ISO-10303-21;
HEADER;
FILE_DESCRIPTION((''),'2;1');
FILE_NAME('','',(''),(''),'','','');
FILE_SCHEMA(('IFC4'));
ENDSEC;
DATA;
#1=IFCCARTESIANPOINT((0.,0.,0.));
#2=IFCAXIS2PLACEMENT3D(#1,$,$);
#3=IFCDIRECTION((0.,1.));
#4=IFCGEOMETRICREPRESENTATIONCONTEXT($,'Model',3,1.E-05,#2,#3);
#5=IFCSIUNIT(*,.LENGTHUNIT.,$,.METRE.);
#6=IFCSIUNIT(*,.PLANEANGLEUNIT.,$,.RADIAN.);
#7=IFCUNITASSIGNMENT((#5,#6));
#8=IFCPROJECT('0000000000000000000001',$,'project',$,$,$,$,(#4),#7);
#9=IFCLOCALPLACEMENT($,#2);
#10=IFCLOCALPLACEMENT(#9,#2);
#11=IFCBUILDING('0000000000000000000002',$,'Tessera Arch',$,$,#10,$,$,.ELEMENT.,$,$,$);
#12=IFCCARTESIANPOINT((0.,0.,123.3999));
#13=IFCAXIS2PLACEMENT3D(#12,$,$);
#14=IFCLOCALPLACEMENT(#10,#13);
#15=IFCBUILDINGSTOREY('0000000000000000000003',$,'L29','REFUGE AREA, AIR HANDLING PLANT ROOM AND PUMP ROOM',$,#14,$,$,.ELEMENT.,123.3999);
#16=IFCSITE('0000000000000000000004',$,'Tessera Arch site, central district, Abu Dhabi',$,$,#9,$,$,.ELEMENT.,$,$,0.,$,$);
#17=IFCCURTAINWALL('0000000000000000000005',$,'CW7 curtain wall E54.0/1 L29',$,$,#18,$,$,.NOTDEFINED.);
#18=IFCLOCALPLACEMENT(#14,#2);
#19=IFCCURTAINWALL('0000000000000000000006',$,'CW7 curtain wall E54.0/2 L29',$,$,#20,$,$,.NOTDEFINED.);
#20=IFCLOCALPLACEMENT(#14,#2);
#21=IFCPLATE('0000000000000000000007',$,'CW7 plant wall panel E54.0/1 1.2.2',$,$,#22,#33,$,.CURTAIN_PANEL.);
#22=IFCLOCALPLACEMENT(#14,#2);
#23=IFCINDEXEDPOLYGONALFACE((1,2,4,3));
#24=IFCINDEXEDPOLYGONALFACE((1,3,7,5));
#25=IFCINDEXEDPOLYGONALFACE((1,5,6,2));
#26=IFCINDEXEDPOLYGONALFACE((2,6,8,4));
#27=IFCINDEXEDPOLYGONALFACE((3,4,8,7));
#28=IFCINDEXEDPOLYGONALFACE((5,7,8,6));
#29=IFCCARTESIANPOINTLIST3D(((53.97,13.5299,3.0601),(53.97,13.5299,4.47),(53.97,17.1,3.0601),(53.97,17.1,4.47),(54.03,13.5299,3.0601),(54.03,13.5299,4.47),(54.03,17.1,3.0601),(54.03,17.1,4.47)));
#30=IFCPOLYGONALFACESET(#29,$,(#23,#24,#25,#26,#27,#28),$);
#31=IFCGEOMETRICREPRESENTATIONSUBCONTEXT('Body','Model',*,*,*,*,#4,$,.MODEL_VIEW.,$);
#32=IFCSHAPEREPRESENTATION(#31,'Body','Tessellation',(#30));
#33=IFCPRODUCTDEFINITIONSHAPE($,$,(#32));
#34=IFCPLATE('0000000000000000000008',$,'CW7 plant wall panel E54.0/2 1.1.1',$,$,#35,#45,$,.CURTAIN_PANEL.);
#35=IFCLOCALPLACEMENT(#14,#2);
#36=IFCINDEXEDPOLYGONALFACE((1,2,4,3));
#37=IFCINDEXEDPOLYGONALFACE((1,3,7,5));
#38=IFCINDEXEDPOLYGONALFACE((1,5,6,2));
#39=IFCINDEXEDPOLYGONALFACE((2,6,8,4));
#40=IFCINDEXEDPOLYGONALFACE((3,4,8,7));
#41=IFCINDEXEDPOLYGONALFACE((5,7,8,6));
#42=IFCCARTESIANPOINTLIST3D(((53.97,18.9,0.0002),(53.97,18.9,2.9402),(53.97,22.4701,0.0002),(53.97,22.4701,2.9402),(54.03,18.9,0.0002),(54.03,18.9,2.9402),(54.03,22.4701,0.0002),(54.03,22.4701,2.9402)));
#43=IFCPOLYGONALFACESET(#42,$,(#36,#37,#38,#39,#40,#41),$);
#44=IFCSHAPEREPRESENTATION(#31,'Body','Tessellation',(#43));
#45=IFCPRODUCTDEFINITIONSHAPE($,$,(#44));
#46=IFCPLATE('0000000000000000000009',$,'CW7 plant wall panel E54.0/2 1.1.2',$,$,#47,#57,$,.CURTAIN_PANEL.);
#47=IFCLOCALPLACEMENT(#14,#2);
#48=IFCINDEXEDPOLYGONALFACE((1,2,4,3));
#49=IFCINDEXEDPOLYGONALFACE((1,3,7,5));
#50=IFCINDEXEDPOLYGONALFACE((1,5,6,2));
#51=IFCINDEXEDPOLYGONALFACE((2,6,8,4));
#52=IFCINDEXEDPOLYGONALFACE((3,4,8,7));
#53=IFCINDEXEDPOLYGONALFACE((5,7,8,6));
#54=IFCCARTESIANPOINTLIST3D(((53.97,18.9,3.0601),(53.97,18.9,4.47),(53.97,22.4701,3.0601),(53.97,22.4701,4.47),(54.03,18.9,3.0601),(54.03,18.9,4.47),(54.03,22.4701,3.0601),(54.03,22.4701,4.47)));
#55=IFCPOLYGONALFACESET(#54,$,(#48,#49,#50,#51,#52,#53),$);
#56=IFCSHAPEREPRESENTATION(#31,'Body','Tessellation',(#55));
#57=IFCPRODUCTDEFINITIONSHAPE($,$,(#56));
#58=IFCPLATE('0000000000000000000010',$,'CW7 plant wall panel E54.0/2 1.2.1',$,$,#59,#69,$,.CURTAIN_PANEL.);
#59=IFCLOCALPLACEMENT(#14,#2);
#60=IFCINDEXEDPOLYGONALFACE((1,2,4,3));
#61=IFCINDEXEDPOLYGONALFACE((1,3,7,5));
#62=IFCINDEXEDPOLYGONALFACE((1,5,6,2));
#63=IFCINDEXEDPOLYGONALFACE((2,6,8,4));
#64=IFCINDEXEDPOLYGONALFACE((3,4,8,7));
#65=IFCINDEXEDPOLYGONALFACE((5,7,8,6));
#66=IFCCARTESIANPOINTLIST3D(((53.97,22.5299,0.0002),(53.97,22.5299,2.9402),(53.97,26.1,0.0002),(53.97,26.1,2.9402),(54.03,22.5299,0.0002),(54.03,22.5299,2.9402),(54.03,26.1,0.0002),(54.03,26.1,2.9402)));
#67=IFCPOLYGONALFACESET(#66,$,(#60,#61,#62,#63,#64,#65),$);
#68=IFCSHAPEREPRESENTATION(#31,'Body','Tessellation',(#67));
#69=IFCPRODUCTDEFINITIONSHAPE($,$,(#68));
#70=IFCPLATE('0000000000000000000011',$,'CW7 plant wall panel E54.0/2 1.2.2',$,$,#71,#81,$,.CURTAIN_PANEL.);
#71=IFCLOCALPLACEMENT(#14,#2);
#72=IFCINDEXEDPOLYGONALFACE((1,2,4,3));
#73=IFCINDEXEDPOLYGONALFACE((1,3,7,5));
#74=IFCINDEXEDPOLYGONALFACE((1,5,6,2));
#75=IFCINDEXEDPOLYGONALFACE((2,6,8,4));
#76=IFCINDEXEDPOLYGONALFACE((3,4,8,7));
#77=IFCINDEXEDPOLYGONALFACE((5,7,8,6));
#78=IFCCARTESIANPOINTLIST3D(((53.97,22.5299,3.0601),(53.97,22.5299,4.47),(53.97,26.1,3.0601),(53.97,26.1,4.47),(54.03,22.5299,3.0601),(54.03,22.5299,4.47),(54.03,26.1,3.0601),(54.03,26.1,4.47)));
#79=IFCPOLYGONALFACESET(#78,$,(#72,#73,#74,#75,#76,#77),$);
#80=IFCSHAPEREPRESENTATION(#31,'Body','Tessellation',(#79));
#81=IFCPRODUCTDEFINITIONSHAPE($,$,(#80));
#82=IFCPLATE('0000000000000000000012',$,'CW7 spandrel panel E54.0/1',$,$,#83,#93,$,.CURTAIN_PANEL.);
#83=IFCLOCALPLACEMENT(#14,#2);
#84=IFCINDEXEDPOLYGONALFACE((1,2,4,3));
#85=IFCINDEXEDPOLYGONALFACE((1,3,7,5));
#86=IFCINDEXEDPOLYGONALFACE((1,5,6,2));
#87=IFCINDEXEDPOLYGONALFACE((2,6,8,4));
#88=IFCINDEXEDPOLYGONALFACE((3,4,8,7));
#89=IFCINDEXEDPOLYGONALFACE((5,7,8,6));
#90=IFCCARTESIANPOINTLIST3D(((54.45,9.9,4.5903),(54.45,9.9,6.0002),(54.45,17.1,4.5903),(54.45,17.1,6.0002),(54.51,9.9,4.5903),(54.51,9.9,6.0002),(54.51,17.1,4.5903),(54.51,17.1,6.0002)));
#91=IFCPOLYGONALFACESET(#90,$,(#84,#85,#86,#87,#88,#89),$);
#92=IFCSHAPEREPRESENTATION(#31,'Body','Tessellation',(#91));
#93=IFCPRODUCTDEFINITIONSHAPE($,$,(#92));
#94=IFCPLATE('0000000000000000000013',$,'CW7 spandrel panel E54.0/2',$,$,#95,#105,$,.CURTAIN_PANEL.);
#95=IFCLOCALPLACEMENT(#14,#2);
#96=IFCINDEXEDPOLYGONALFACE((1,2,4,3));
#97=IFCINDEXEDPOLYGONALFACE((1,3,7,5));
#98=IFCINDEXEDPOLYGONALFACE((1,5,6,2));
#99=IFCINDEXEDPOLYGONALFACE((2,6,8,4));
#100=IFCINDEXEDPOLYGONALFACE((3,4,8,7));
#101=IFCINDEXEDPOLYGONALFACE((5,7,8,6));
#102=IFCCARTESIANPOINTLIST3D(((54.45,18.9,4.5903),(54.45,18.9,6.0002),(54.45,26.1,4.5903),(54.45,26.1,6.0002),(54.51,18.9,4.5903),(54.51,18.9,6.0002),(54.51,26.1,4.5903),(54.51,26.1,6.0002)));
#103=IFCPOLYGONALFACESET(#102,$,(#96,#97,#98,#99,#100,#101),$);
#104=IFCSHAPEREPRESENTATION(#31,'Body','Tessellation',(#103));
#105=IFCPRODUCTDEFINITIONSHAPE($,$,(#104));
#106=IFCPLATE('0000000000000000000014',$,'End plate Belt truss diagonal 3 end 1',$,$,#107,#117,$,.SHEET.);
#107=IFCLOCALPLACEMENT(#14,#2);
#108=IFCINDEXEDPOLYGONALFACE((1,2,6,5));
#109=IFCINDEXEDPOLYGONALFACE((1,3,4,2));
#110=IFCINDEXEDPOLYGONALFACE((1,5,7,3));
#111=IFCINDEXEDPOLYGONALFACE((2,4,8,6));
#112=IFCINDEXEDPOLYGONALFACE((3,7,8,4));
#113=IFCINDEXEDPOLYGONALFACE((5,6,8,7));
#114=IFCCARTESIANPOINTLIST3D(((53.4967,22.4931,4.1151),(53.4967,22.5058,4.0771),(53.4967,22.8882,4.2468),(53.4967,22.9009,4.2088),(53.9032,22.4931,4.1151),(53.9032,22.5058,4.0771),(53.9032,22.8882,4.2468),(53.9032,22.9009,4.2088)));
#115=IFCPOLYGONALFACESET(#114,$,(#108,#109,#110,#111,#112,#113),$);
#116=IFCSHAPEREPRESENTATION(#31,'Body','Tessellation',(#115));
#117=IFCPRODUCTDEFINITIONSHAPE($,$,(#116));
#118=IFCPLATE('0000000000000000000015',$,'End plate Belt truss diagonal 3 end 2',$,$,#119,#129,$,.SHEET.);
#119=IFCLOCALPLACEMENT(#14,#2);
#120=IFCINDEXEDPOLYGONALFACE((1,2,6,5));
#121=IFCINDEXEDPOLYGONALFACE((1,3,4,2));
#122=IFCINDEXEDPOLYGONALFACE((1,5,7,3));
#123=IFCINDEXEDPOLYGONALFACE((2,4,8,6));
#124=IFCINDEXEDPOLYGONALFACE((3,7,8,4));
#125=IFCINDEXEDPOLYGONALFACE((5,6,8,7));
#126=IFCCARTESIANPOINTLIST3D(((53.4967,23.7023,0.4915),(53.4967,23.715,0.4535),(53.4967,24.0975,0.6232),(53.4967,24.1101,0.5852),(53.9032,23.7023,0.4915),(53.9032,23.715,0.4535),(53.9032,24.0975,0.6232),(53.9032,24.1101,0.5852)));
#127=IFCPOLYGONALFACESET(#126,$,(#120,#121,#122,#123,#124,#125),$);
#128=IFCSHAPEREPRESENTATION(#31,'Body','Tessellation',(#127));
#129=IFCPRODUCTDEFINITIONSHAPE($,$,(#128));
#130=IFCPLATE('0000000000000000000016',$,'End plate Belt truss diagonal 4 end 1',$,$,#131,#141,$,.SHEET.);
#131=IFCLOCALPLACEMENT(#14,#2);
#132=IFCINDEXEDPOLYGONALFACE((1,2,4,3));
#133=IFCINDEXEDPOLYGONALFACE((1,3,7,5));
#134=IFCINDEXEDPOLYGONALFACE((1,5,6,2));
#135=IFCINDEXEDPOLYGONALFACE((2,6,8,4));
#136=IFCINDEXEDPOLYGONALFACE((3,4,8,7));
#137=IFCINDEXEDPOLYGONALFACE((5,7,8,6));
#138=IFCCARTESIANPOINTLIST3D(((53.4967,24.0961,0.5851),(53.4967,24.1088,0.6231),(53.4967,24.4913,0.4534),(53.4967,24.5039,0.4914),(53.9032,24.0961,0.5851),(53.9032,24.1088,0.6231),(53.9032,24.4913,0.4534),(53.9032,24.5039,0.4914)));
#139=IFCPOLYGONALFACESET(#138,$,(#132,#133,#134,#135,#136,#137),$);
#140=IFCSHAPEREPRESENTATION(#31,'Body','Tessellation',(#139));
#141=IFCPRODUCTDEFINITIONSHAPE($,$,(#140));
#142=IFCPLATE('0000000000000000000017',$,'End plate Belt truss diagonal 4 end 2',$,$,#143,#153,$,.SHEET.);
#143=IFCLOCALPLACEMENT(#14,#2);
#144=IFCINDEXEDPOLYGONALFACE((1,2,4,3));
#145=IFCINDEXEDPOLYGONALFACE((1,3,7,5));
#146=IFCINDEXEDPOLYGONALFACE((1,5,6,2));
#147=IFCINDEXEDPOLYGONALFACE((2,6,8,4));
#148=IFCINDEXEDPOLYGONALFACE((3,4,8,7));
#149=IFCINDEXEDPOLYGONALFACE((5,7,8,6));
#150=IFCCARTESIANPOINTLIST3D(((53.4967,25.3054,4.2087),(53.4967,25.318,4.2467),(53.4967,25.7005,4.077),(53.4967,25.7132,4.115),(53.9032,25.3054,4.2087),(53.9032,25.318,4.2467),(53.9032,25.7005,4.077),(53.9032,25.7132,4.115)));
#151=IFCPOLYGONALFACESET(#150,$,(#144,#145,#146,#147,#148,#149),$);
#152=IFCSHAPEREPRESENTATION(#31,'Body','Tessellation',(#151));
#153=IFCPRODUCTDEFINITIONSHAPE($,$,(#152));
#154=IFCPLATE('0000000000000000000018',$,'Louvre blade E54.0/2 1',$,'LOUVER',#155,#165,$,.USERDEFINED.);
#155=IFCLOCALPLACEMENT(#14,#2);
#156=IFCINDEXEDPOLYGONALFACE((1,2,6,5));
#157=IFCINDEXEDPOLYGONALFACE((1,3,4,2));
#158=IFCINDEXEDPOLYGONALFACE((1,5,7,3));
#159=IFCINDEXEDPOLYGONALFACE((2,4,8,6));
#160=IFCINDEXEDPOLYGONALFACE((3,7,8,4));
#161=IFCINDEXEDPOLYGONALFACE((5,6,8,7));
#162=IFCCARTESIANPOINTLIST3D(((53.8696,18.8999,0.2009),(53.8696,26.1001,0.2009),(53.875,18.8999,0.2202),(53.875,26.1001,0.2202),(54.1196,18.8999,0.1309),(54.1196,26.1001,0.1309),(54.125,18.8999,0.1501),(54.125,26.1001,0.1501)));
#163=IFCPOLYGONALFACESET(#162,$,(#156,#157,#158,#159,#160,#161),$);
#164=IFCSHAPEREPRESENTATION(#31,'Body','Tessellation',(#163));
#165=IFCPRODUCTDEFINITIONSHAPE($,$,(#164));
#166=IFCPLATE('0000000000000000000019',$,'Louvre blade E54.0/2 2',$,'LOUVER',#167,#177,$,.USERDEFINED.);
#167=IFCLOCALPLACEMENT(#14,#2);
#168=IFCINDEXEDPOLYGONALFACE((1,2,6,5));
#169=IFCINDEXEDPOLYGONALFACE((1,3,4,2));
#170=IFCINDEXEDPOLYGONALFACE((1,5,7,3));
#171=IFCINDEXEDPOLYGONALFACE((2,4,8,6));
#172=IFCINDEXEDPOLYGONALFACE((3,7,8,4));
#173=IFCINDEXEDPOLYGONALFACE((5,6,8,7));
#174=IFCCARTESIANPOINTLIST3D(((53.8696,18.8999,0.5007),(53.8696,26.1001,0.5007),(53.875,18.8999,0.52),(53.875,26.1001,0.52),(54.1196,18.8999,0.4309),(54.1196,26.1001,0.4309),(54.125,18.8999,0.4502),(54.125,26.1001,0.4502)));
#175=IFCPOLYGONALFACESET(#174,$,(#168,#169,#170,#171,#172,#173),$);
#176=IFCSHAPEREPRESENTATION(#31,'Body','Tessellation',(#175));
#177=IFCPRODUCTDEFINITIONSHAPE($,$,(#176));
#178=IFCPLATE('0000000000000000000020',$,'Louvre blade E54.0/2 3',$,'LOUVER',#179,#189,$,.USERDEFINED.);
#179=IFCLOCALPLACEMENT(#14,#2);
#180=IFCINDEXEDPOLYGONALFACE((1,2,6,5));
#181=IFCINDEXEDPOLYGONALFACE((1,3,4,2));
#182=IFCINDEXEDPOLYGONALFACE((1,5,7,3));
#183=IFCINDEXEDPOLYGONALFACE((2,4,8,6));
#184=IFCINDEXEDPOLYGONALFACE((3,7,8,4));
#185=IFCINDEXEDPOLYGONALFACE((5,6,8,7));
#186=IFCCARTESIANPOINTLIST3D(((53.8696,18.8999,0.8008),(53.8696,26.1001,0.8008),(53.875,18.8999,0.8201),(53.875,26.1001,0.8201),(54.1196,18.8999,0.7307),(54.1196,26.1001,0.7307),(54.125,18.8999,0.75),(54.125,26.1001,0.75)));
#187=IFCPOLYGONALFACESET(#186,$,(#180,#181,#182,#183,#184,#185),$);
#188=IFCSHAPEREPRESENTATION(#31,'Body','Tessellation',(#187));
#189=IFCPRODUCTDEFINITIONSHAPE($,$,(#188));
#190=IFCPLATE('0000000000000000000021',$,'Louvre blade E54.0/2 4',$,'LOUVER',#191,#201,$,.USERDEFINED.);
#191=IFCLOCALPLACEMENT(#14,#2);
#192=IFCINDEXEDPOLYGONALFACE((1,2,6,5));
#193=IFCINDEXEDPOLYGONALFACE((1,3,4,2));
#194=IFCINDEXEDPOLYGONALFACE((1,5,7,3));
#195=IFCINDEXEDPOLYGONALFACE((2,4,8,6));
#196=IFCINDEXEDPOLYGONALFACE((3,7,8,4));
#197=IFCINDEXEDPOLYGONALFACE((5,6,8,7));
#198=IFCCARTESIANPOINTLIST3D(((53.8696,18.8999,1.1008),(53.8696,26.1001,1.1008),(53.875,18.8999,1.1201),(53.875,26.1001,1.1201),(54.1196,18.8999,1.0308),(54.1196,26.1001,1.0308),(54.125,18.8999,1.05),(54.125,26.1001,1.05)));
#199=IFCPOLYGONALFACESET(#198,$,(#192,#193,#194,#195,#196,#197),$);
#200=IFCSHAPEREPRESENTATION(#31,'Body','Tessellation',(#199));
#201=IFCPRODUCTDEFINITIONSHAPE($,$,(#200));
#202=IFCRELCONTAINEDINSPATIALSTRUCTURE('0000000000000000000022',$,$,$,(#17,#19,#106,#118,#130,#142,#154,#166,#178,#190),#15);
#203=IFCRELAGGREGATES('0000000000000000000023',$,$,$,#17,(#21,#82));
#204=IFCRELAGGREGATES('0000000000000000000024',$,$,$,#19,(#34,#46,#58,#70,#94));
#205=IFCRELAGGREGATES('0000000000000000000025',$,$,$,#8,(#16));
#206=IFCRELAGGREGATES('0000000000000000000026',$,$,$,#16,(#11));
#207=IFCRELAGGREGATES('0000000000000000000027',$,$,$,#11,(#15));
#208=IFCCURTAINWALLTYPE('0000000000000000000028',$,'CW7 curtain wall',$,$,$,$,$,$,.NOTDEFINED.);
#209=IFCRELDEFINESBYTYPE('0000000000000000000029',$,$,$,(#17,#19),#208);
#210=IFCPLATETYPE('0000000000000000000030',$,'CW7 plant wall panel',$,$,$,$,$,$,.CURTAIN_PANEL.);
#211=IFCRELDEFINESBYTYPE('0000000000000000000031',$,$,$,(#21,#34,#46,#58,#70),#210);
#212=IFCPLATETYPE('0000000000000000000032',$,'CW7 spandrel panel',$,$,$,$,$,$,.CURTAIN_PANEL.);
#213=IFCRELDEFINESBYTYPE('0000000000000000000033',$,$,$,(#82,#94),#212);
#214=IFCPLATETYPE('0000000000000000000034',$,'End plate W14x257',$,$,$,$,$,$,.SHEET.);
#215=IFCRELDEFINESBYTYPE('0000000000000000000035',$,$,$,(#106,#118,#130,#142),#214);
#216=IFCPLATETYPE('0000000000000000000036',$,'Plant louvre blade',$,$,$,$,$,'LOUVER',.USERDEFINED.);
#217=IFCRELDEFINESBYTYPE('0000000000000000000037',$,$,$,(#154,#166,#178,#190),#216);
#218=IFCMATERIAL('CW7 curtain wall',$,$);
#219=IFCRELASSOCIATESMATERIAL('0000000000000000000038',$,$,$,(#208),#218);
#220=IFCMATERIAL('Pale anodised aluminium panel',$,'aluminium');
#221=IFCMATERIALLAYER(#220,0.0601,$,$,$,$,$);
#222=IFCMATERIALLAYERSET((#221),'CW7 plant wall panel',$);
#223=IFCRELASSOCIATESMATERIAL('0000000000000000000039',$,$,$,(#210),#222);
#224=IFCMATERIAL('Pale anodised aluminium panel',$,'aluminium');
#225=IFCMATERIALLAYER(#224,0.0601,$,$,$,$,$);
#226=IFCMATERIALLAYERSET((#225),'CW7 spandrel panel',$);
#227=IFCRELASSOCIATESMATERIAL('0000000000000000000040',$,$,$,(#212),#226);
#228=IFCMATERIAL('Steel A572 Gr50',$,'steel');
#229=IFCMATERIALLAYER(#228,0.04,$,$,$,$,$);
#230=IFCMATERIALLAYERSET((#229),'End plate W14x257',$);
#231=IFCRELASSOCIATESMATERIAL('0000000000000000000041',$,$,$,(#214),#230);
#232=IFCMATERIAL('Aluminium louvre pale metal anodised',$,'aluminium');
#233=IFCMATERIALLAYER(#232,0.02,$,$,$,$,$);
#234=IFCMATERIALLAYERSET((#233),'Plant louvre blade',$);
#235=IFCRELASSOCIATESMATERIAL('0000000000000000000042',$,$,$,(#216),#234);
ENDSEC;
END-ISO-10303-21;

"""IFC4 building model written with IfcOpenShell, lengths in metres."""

from ifc_helpers import new_model, si_unit, direction, frame, origin, origin_2d, place, context, subcontext, project, spatial, polyline, rectangle, outline, extrude, material, layer, layer_set, type_object, element, aggregate, save


model = new_model("IFC4")

# Units and contexts
model_context = context("Model", 3, precision=1e-05, world=origin(), true_north=direction((0.0, 1.0)))
body_context = subcontext(model_context, "Body", "Model", "MODEL_VIEW")
ifc_project = project(units=[si_unit("LENGTHUNIT", "METRE"), si_unit("PLANEANGLEUNIT", "RADIAN")], contexts=[model_context])

# Site, building, storey
site_placement = place(None, origin())
site = spatial("IfcSite", under=ifc_project, at=site_placement, Name="Tessera Arch site, central district, Abu Dhabi", CompositionType="ELEMENT", RefElevation=0.0)
building_placement = place(site_placement, origin())
building = spatial("IfcBuilding", under=site, at=building_placement, Name="Tessera Arch", CompositionType="ELEMENT")
storey_placement = place(building_placement, frame((0.0, 0.0, 123.3999)))
storey = spatial("IfcBuildingStorey", under=building, at=storey_placement, Name="L29", Description="REFUGE AREA, AIR HANDLING PLANT ROOM AND PUMP ROOM", CompositionType="ELEMENT", Elevation=123.3999)

# Curtain wall
ifc_material_1 = material(Name="CW7 curtain wall")
curtain_wall_type = type_object("IfcCurtainWallType", Name="CW7 curtain wall", PredefinedType="NOTDEFINED", material=ifc_material_1)
curtain_wall_1_placement = place(storey_placement, origin())
curtain_wall_1 = element("IfcCurtainWall", 1, at=curtain_wall_1_placement, inside=storey, type_object=curtain_wall_type, Name="CW7 curtain wall E54.0/1 L29", PredefinedType="NOTDEFINED")

# Curtain wall
curtain_wall_2_placement = place(storey_placement, origin())
curtain_wall_2 = element("IfcCurtainWall", 2, at=curtain_wall_2_placement, inside=storey, type_object=curtain_wall_type, Name="CW7 curtain wall E54.0/2 L29", PredefinedType="NOTDEFINED")

# Plates
ifc_material_2 = material(Name="Pale anodised aluminium panel", Category="aluminium")
ifc_layer_1 = layer(ifc_material_2, 0.0601)
ifc_layer_set_1 = layer_set([ifc_layer_1], Name="CW7 plant wall panel")
plate_type_1 = type_object("IfcPlateType", Name="CW7 plant wall panel", PredefinedType="CURTAIN_PANEL", material=ifc_layer_set_1)
plate_1_placement = place(storey_placement, frame((54.0, 15.3149, 3.0601), z_axis=(0.0, 0.0, 1.0), x_axis=(0.0, 1.0, 0.0)))
plate_1 = element("IfcPlate", 3, at=plate_1_placement, type_object=plate_type_1, Name="CW7 plant wall panel E54.0/1 1.2.2", PredefinedType="CURTAIN_PANEL", context=body_context, shape_type="SweptSolid", body=[
    extrude(rectangle(XDim=3.5701, YDim=0.0601, at=origin_2d()), origin(), (0.0, 0.0, 1.0), 1.4099),
])
plate_2_placement = place(storey_placement, frame((54.0, 20.6851, 0.0002), z_axis=(0.0, 0.0, 1.0), x_axis=(0.0, 1.0, 0.0)))
plate_2 = element("IfcPlate", 4, at=plate_2_placement, type_object=plate_type_1, Name="CW7 plant wall panel E54.0/2 1.1.1", PredefinedType="CURTAIN_PANEL", context=body_context, shape_type="SweptSolid", body=[
    extrude(rectangle(XDim=3.5701, YDim=0.0601, at=origin_2d()), origin(), (0.0, 0.0, 1.0), 2.9399),
])
plate_3_placement = place(storey_placement, frame((54.0, 20.6851, 3.0601), z_axis=(0.0, 0.0, 1.0), x_axis=(0.0, 1.0, 0.0)))
plate_3 = element("IfcPlate", 5, at=plate_3_placement, type_object=plate_type_1, Name="CW7 plant wall panel E54.0/2 1.1.2", PredefinedType="CURTAIN_PANEL", context=body_context, shape_type="SweptSolid", body=[
    extrude(rectangle(XDim=3.5701, YDim=0.0601, at=origin_2d()), origin(), (0.0, 0.0, 1.0), 1.4099),
])
plate_4_placement = place(storey_placement, frame((54.0, 24.3149, 0.0002), z_axis=(0.0, 0.0, 1.0), x_axis=(0.0, 1.0, 0.0)))
plate_4 = element("IfcPlate", 6, at=plate_4_placement, type_object=plate_type_1, Name="CW7 plant wall panel E54.0/2 1.2.1", PredefinedType="CURTAIN_PANEL", context=body_context, shape_type="SweptSolid", body=[
    extrude(rectangle(XDim=3.5701, YDim=0.0601, at=origin_2d()), origin(), (0.0, 0.0, 1.0), 2.9399),
])
plate_5_placement = place(storey_placement, frame((54.0, 24.3149, 3.0601), z_axis=(0.0, 0.0, 1.0), x_axis=(0.0, 1.0, 0.0)))
plate_5 = element("IfcPlate", 7, at=plate_5_placement, type_object=plate_type_1, Name="CW7 plant wall panel E54.0/2 1.2.2", PredefinedType="CURTAIN_PANEL", context=body_context, shape_type="SweptSolid", body=[
    extrude(rectangle(XDim=3.5701, YDim=0.0601, at=origin_2d()), origin(), (0.0, 0.0, 1.0), 1.4099),
])
ifc_material_3 = material(Name="Pale anodised aluminium panel", Category="aluminium")
ifc_layer_2 = layer(ifc_material_3, 0.0601)
ifc_layer_set_2 = layer_set([ifc_layer_2], Name="CW7 spandrel panel")
plate_type_2 = type_object("IfcPlateType", Name="CW7 spandrel panel", PredefinedType="CURTAIN_PANEL", material=ifc_layer_set_2)
plate_6_placement = place(storey_placement, frame((54.48, 13.5, 4.5903), z_axis=(0.0, 0.0, 1.0), x_axis=(0.0, 1.0, 0.0)))
plate_6 = element("IfcPlate", 8, at=plate_6_placement, type_object=plate_type_2, Name="CW7 spandrel panel E54.0/1", PredefinedType="CURTAIN_PANEL", context=body_context, shape_type="SweptSolid", body=[
    extrude(rectangle(XDim=7.2, YDim=0.0601, at=origin_2d()), origin(), (0.0, 0.0, 1.0), 1.4099),
])
aggregate(curtain_wall_1, [plate_1, plate_6])
plate_7_placement = place(storey_placement, frame((54.48, 22.5, 4.5903), z_axis=(0.0, 0.0, 1.0), x_axis=(0.0, 1.0, 0.0)))
plate_7 = element("IfcPlate", 9, at=plate_7_placement, type_object=plate_type_2, Name="CW7 spandrel panel E54.0/2", PredefinedType="CURTAIN_PANEL", context=body_context, shape_type="SweptSolid", body=[
    extrude(rectangle(XDim=7.2, YDim=0.0601, at=origin_2d()), origin(), (0.0, 0.0, 1.0), 1.4099),
])
aggregate(curtain_wall_2, [plate_2, plate_3, plate_4, plate_5, plate_7])

# Plates
ifc_material_4 = material(Name="Steel A572 Gr50", Category="steel")
ifc_layer_3 = layer(ifc_material_4, 0.04)
ifc_layer_set_3 = layer_set([ifc_layer_3], Name="End plate W14x257")
plate_type_3 = type_object("IfcPlateType", Name="End plate W14x257", PredefinedType="SHEET", material=ifc_layer_set_3)
for number, where, z_axis, x_axis, name in (
    (10, (53.7, 22.6907, 4.1809), (0.0, 0.316228, -0.948683), (-1.0, 0.0, 0.0), "End plate Belt truss diagonal 3 end 1"),
    (11, (53.7, 23.8999, 0.5574), (0.0, 0.316228, -0.948683), (-1.0, 0.0, 0.0), "End plate Belt truss diagonal 3 end 2"),
    (12, (53.7, 24.2937, 0.5193), (0.0, 0.316228, 0.948683), (-1.0, 0.0, 0.0), "End plate Belt truss diagonal 4 end 1"),
    (13, (53.7, 25.5029, 4.1428), (0.0, 0.316228, 0.948683), (-1.0, 0.0, 0.0), "End plate Belt truss diagonal 4 end 2"),
):
    element("IfcPlate", number, at=place(storey_placement, frame(where, z_axis=z_axis, x_axis=x_axis)), inside=storey, type_object=plate_type_3, Name=name, PredefinedType="SHEET", context=body_context, shape_type="SweptSolid", body=[
        extrude(rectangle(XDim=0.4065, YDim=0.4165, at=origin_2d()), origin(), (0.0, 0.0, 1.0), 0.04),
    ])
ifc_material_5 = material(Name="Aluminium louvre pale metal anodised", Category="aluminium")
ifc_layer_4 = layer(ifc_material_5, 0.02)
ifc_layer_set_4 = layer_set([ifc_layer_4], Name="Plant louvre blade")
plate_type_4 = type_object("IfcPlateType", Name="Plant louvre blade", ElementType="LOUVER", PredefinedType="USERDEFINED", material=ifc_layer_set_4)
plate_8_placement = place(storey_placement, frame((54.125, 18.8999, 0.1501), z_axis=(0.269874, 0.0, 0.962896), x_axis=(0.0, 1.0, 0.0)))
element("IfcPlate", 14, at=plate_8_placement, inside=storey, type_object=plate_type_4, Name="Louvre blade E54.0/2 1", ObjectType="LOUVER", PredefinedType="USERDEFINED", context=body_context, shape_type="SweptSolid", body=[
    extrude(outline(polyline([(0.0, 0.0), (7.2002, 0.0), (7.2002, 0.2596), (0.0, 0.2596), (0.0, 0.0)])), origin(), (0.0, 0.0, -1.0), 0.02),
])
plate_9_placement = place(storey_placement, frame((54.125, 18.8999, 0.4502), z_axis=(0.269002, 0.0, 0.96314), x_axis=(0.0, 1.0, 0.0)))
element("IfcPlate", 15, at=plate_9_placement, inside=storey, type_object=plate_type_4, Name="Louvre blade E54.0/2 2", ObjectType="LOUVER", PredefinedType="USERDEFINED", context=body_context, shape_type="SweptSolid", body=[
    extrude(outline(polyline([(0.0, 0.0), (7.2002, 0.0), (7.2002, 0.2596), (0.0, 0.2596), (0.0, 0.0)])), origin(), (0.0, 0.0, -1.0), 0.02),
])
for number, where, z_axis, x_axis, name in (
    (16, (54.125, 18.8999, 0.75), (0.269874, 0.0, 0.962896), (0.0, 1.0, 0.0), "Louvre blade E54.0/2 3"),
    (17, (54.125, 18.8999, 1.05), (0.269874, 0.0, 0.962896), (0.0, 1.0, 0.0), "Louvre blade E54.0/2 4"),
):
    element("IfcPlate", number, at=place(storey_placement, frame(where, z_axis=z_axis, x_axis=x_axis)), inside=storey, type_object=plate_type_4, Name=name, ObjectType="LOUVER", PredefinedType="USERDEFINED", context=body_context, shape_type="SweptSolid", body=[
        extrude(outline(polyline([(0.0, 0.0), (7.2002, 0.0), (7.2002, 0.2596), (0.0, 0.2596), (0.0, 0.0)])), origin(), (0.0, 0.0, -1.0), 0.02),
    ])

save(model, "model.ifc")
